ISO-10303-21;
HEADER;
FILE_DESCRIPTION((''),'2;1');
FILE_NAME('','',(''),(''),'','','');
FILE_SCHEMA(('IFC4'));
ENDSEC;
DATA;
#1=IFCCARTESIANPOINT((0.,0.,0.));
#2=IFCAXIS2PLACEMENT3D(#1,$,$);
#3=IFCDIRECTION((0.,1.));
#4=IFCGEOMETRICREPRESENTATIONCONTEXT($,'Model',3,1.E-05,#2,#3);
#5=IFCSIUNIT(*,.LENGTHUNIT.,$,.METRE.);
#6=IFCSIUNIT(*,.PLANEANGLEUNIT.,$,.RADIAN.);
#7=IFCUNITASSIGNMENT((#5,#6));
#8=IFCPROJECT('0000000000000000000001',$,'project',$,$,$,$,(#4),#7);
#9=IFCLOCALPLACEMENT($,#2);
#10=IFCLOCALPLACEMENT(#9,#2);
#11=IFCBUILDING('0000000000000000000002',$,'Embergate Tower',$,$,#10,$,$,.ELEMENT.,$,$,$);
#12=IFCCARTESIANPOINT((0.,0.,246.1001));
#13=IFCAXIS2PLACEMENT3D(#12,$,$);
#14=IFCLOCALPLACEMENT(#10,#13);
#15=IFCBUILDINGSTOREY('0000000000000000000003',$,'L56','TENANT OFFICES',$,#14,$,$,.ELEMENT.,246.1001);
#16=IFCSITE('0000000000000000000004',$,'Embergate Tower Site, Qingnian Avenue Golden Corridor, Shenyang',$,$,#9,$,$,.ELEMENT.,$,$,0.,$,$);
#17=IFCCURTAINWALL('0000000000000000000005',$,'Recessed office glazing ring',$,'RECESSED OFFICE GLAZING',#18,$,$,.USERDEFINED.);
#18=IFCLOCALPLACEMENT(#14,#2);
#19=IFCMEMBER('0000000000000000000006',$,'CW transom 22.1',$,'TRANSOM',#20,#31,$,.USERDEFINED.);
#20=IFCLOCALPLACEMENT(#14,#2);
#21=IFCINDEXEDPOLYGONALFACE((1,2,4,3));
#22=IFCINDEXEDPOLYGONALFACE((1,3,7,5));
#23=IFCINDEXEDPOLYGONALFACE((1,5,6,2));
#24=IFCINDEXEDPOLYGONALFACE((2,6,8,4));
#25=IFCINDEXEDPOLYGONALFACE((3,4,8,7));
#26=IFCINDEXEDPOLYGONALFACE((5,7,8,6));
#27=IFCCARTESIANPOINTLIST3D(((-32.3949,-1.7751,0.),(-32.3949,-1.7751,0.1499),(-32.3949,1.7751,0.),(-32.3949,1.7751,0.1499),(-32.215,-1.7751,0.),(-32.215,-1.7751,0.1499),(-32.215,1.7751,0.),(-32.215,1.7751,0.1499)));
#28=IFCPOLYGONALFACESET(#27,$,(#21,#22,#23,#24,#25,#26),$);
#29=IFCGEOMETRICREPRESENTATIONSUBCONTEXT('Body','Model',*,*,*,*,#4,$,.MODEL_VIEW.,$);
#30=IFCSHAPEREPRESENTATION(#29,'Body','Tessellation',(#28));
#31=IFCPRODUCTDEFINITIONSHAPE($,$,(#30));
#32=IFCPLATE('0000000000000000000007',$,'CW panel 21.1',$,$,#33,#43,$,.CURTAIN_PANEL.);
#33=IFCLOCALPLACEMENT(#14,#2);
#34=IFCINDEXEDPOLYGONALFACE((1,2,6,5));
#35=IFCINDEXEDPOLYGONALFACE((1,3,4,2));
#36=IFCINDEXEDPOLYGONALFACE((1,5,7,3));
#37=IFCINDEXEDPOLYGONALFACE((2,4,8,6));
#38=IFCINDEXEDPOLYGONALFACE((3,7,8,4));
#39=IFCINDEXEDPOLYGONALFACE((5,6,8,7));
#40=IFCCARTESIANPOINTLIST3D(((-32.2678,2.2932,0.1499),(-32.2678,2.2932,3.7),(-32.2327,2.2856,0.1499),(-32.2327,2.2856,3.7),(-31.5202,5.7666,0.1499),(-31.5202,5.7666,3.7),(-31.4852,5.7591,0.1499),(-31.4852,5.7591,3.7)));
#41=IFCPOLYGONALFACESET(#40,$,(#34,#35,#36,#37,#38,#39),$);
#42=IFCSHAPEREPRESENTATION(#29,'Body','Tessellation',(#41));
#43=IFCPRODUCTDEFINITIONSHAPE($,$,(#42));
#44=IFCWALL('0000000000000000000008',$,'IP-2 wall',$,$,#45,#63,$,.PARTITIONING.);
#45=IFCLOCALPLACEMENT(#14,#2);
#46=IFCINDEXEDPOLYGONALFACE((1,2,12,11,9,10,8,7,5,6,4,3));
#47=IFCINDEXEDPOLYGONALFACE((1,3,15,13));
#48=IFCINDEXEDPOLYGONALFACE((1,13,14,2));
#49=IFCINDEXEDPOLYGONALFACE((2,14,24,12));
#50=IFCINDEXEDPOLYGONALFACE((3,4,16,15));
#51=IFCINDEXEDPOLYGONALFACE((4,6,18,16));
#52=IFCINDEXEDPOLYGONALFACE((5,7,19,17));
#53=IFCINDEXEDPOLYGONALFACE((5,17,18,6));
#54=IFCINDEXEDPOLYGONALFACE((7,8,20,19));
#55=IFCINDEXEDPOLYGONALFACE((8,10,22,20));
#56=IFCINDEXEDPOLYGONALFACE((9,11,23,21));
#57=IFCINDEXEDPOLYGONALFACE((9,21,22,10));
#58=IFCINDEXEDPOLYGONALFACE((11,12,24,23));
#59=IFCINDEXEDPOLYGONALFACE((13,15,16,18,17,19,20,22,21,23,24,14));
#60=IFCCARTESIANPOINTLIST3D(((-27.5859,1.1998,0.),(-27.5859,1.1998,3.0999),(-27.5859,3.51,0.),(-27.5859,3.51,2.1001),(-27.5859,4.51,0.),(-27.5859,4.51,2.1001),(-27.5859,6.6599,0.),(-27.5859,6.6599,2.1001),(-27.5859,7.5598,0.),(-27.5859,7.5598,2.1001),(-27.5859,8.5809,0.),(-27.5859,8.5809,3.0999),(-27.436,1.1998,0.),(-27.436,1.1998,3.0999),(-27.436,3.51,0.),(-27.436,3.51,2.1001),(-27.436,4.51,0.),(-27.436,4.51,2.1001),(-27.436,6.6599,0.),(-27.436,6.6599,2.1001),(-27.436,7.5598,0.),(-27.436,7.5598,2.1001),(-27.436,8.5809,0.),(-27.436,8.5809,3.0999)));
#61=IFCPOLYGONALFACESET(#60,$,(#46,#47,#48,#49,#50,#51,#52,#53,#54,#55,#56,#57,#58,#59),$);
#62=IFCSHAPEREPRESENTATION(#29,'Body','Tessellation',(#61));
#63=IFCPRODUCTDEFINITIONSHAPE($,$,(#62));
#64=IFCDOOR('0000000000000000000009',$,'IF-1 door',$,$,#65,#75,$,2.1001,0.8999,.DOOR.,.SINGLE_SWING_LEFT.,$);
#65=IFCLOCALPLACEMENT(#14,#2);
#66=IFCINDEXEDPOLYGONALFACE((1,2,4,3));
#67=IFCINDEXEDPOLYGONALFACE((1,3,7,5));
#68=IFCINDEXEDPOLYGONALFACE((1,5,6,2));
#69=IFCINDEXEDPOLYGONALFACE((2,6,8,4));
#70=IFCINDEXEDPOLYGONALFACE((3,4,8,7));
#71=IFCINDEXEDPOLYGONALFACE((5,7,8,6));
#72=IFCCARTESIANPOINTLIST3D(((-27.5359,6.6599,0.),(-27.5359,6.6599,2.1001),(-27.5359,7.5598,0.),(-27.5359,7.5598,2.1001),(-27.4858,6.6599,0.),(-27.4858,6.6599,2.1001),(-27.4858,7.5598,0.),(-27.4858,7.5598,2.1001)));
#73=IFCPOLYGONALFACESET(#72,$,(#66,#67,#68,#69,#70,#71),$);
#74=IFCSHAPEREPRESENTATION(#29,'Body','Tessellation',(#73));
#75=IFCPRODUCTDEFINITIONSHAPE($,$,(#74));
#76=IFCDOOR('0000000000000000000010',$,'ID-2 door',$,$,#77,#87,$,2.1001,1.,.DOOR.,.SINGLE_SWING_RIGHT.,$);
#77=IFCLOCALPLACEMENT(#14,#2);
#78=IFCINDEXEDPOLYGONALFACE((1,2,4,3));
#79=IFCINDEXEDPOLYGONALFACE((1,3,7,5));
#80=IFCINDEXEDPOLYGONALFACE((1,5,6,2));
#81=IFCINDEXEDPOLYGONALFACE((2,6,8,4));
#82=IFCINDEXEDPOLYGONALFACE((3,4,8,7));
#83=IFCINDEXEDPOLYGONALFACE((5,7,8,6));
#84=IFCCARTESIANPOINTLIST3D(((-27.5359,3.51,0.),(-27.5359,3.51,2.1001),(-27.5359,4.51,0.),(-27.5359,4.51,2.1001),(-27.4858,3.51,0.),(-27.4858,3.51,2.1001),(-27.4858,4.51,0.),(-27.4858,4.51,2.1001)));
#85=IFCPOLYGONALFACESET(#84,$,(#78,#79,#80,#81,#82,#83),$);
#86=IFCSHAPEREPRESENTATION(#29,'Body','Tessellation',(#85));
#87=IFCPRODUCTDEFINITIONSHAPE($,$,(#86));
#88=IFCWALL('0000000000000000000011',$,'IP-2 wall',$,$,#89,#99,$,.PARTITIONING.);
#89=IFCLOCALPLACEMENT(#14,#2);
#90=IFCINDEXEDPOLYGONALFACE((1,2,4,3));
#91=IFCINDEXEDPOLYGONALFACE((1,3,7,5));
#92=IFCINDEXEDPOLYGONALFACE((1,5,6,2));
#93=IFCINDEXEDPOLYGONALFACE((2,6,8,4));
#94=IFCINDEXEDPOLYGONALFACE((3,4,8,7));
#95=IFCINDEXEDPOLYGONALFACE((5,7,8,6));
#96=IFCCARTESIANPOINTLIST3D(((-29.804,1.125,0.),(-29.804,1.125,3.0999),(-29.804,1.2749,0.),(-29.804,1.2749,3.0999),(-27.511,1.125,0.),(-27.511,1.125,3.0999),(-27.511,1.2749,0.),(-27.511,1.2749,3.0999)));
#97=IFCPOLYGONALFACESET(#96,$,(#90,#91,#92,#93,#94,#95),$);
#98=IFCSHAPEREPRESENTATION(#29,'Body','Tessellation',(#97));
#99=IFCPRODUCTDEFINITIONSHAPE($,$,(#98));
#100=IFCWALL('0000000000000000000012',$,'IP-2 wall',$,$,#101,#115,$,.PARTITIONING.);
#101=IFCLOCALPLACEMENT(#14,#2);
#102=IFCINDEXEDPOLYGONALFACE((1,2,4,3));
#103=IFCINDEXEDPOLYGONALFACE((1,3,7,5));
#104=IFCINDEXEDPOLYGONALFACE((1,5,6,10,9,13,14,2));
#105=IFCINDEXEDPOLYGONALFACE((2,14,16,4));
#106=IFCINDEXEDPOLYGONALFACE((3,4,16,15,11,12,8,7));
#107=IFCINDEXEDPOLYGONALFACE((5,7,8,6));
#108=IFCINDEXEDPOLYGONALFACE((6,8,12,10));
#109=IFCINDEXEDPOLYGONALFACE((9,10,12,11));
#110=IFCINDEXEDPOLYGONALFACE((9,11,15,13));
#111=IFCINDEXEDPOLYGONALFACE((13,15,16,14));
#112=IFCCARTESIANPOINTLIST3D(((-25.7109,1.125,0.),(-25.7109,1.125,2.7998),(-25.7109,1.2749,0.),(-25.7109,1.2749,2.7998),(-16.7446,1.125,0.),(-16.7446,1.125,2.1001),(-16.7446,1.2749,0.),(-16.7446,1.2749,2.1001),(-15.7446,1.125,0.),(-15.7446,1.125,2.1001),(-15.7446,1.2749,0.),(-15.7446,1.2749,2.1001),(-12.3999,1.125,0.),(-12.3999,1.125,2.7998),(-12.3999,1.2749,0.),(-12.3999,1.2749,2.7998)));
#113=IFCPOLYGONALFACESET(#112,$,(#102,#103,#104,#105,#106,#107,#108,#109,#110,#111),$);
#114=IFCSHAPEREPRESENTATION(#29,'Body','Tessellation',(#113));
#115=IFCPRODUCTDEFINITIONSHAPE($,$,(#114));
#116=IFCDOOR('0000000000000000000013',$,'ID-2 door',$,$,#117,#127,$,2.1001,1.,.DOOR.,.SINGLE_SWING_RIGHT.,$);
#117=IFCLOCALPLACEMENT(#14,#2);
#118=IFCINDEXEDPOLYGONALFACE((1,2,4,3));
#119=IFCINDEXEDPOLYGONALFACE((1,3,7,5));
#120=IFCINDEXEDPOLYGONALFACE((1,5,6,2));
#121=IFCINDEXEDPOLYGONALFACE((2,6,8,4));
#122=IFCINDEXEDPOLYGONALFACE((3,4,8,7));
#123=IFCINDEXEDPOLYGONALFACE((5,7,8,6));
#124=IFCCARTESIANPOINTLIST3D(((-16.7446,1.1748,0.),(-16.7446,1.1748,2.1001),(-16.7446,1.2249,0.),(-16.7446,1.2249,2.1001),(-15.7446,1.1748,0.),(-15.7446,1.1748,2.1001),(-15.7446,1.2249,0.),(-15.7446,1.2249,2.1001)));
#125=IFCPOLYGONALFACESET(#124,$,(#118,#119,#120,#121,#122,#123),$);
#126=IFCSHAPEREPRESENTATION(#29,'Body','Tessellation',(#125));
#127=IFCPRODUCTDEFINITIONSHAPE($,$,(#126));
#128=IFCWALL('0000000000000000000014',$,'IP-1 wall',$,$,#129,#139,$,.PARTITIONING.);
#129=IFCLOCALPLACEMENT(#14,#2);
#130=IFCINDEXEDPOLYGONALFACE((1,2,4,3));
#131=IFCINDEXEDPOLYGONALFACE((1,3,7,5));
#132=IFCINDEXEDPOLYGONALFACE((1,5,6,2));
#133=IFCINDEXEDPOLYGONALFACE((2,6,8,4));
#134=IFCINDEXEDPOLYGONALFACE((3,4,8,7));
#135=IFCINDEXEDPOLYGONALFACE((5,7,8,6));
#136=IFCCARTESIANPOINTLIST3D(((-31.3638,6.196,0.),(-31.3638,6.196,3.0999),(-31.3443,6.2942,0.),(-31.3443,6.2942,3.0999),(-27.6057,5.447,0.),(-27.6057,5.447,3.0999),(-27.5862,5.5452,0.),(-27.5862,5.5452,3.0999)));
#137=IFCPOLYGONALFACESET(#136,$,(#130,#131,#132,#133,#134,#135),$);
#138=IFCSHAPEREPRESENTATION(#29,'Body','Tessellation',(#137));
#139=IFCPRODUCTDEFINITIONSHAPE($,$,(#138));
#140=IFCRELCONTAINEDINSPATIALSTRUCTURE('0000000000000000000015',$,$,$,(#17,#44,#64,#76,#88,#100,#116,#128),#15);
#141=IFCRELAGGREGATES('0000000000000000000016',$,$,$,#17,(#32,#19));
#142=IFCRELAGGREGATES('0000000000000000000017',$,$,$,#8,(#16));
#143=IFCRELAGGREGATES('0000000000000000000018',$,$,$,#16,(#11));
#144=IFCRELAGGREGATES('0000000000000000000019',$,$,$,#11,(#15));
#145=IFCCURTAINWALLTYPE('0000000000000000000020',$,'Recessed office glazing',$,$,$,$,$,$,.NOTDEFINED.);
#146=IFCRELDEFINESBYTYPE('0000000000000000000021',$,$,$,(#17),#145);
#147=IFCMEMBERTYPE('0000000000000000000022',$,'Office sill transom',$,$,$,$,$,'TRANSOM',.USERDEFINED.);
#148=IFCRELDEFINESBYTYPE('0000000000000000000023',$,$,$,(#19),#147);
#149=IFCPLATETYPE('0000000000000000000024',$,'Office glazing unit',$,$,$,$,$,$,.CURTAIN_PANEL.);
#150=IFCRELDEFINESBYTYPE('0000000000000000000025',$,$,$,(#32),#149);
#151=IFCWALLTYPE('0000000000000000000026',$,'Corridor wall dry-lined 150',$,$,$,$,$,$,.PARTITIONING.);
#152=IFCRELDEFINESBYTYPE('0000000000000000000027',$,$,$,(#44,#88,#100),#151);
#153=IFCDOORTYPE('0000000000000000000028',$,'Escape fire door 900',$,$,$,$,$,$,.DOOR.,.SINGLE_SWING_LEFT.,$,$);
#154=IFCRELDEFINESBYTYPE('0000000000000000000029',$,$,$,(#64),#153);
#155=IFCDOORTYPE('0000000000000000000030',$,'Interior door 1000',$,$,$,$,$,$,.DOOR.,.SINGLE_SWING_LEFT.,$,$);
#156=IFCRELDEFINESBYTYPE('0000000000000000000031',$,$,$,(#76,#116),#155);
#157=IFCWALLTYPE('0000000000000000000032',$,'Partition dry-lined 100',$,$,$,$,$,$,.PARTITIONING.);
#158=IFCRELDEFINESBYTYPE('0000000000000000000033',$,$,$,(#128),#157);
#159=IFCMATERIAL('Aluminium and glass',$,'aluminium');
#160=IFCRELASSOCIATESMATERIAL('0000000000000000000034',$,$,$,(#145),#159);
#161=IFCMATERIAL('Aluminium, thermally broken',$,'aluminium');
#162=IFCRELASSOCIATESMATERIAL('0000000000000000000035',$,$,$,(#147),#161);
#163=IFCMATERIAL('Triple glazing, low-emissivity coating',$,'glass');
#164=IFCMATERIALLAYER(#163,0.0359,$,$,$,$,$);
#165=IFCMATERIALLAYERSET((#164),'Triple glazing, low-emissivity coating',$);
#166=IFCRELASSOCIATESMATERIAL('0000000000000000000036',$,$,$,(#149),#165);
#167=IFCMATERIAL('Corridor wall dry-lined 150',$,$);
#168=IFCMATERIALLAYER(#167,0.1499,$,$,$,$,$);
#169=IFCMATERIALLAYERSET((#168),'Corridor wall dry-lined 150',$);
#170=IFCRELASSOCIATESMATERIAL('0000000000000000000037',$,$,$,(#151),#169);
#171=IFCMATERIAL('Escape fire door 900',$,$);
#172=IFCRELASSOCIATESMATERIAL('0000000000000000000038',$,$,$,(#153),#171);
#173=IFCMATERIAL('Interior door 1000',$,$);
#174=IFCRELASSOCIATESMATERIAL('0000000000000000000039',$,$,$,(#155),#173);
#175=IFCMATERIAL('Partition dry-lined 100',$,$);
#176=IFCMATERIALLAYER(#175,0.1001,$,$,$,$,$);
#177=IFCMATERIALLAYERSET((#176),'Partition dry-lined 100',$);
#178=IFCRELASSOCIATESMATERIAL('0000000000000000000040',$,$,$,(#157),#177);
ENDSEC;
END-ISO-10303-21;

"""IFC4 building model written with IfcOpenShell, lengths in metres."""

from ifc_helpers import new_model, si_unit, direction, frame, frame_2d, origin, origin_2d, place, context, subcontext, project, spatial, rectangle, extrude, source, transform, mapped, material, layer, layer_set, material_profile, profile_set, type_object, element, fill, aggregate, save


model = new_model("IFC4")

# Units and contexts
model_context = context("Model", 3, precision=1e-05, world=origin(), true_north=direction((0.0, 1.0)))
body_context = subcontext(model_context, "Body", "Model", "MODEL_VIEW")
ifc_project = project(units=[si_unit("LENGTHUNIT", "METRE"), si_unit("PLANEANGLEUNIT", "RADIAN")], contexts=[model_context])

# Site, building, storey
site_placement = place(None, origin())
site = spatial("IfcSite", under=ifc_project, at=site_placement, Name="Embergate Tower Site, Qingnian Avenue Golden Corridor, Shenyang", CompositionType="ELEMENT", RefElevation=0.0)
building_placement = place(site_placement, origin())
building = spatial("IfcBuilding", under=site, at=building_placement, Name="Embergate Tower", CompositionType="ELEMENT")
storey_placement = place(building_placement, frame((0.0, 0.0, 246.1001)))
storey = spatial("IfcBuildingStorey", under=building, at=storey_placement, Name="L56", Description="TENANT OFFICES", CompositionType="ELEMENT", Elevation=246.1001)

# Curtain wall, member, plate
ifc_material_1 = material(Name="Aluminium and glass", Category="aluminium")
curtain_wall_type = type_object("IfcCurtainWallType", Name="Recessed office glazing", PredefinedType="NOTDEFINED", material=ifc_material_1)
curtain_wall_placement = place(storey_placement, origin())
curtain_wall = element("IfcCurtainWall", 1, at=curtain_wall_placement, inside=storey, type_object=curtain_wall_type, Name="Recessed office glazing ring", ObjectType="RECESSED OFFICE GLAZING", PredefinedType="USERDEFINED")
ifc_material_2 = material(Name="Aluminium, thermally broken", Category="aluminium")
ifc_material_profile_1 = material_profile(ifc_material_2, rectangle(XDim=0.1799, YDim=0.1499, at=origin_2d()), Name="AL 150x180")
ifc_profile_set_1 = profile_set([ifc_material_profile_1], Name="Aluminium, thermally broken")
member_type_1 = type_object("IfcMemberType", Name="Office sill transom", ElementType="TRANSOM", PredefinedType="USERDEFINED", material=ifc_profile_set_1)
shared_shape_1 = source(origin(), body_context, "Body", "SweptSolid", [
    extrude(rectangle(XDim=0.1799, YDim=0.1499, at=origin_2d()), origin(), (0.0, 0.0, 1.0), 3.5503),
])
member_1_placement = place(storey_placement, frame((-32.3049, 1.7751, 0.075), z_axis=(0.0, -1.0, 0.0), x_axis=(1.0, 0.0, 0.0)))
member_1 = element("IfcMember", 2, at=member_1_placement, type_object=member_type_1, Name="CW transom 22.1", ObjectType="TRANSOM", PredefinedType="USERDEFINED", context=body_context, shape_type="MappedRepresentation", body=[
    mapped(shared_shape_1, transform((0.0, 0.0, 0.0))),
])
ifc_material_3 = material(Name="Triple glazing, low-emissivity coating", Category="glass")
ifc_layer_1 = layer(ifc_material_3, 0.0359)
ifc_layer_set_1 = layer_set([ifc_layer_1], Name="Triple glazing, low-emissivity coating")
plate_type = type_object("IfcPlateType", Name="Office glazing unit", PredefinedType="CURTAIN_PANEL", material=ifc_layer_set_1)
shared_shape_2 = source(origin(), body_context, "Body", "SweptSolid", [
    extrude(rectangle(XDim=3.553, YDim=0.0359, at=origin_2d()), origin(), (0.0, 0.0, 1.0), 3.55),
])
plate_placement = place(storey_placement, frame((-31.8765, 4.0261, 0.1499), z_axis=(0.0, 0.0, 1.0), x_axis=(-0.210398, -0.977616, 0.0)))
plate = element("IfcPlate", 3, at=plate_placement, type_object=plate_type, Name="CW panel 21.1", PredefinedType="CURTAIN_PANEL", context=body_context, shape_type="MappedRepresentation", body=[
    mapped(shared_shape_2, transform((0.0, 0.0, 0.0))),
])
aggregate(curtain_wall, [plate, member_1])

# Wall, openings, doors
ifc_material_4 = material(Name="Corridor wall dry-lined 150")
ifc_layer_2 = layer(ifc_material_4, 0.1499)
ifc_layer_set_2 = layer_set([ifc_layer_2], Name="Corridor wall dry-lined 150")
wall_type_1 = type_object("IfcWallType", Name="Corridor wall dry-lined 150", PredefinedType="PARTITIONING", material=ifc_layer_set_2)
shared_shape_3 = source(origin(), body_context, "Body", "SweptSolid", [
    extrude(rectangle(XDim=7.3811, YDim=0.1499, at=frame_2d((3.6904, 0.0))), origin(), (0.0, 0.0, 1.0), 3.0999),
])
wall_1_placement = place(storey_placement, frame((-27.511, 1.2, 0.0), z_axis=(0.0, 0.0, 1.0), x_axis=(0.0, 1.0, 0.0)))
wall_1 = element("IfcWall", 4, at=wall_1_placement, inside=storey, type_object=wall_type_1, Name="IP-2 wall", PredefinedType="PARTITIONING", context=body_context, shape_type="MappedRepresentation", body=[
    mapped(shared_shape_3, transform((0.0, 0.0, 0.0))),
])
shared_shape_4 = source(origin(), body_context, "Body", "SweptSolid", [
    extrude(rectangle(XDim=0.8999, YDim=2.1001, at=frame_2d((0.45, 1.05))), frame((0.0, 0.085, 0.0), z_axis=(0.0, -1.0, 0.0), x_axis=(1.0, 0.0, 0.0)), (0.0, 0.0, 1.0), 0.1699),
])
opening_1_placement = place(wall_1_placement, frame((5.46, 0.0, 0.0)))
opening_1 = element("IfcOpeningElement", 5, at=opening_1_placement, cuts=wall_1, PredefinedType="OPENING", context=body_context, shape_type="MappedRepresentation", body=[
    mapped(shared_shape_4, transform((0.0, 0.0, 0.0))),
])
shared_shape_5 = source(origin(), body_context, "Body", "SweptSolid", [
    extrude(rectangle(XDim=1.0, YDim=2.1001, at=frame_2d((0.5, 1.05))), frame((0.0, 0.085, 0.0), z_axis=(0.0, -1.0, 0.0), x_axis=(1.0, 0.0, 0.0)), (0.0, 0.0, 1.0), 0.1699),
])
opening_2_placement = place(wall_1_placement, frame((2.3101, 0.0, 0.0)))
opening_2 = element("IfcOpeningElement", 6, at=opening_2_placement, cuts=wall_1, PredefinedType="OPENING", context=body_context, shape_type="MappedRepresentation", body=[
    mapped(shared_shape_5, transform((0.0, 0.0, 0.0))),
])
ifc_material_5 = material(Name="Escape fire door 900")
door_type_1 = type_object("IfcDoorType", Name="Escape fire door 900", OperationType="SINGLE_SWING_LEFT", PredefinedType="DOOR", material=ifc_material_5)
shared_shape_6 = source(origin(), body_context, "Body", "SweptSolid", [
    extrude(rectangle(XDim=0.8999, YDim=2.1001, at=frame_2d((0.45, 1.05))), frame((0.0, 0.0249, 0.0), z_axis=(0.0, -1.0, 0.0), x_axis=(1.0, 0.0, 0.0)), (0.0, 0.0, 1.0), 0.05),
])
door_1_placement = place(opening_1_placement, origin())
door_1 = element("IfcDoor", 7, at=door_1_placement, inside=storey, type_object=door_type_1, Name="IF-1 door", OperationType="SINGLE_SWING_LEFT", OverallHeight=2.1001, OverallWidth=0.8999, PredefinedType="DOOR", context=body_context, shape_type="MappedRepresentation", body=[
    mapped(shared_shape_6, transform((0.0, 0.0, 0.0))),
])
fill(opening_1, door_1)
ifc_material_6 = material(Name="Interior door 1000")
door_type_2 = type_object("IfcDoorType", Name="Interior door 1000", OperationType="SINGLE_SWING_LEFT", PredefinedType="DOOR", material=ifc_material_6)
shared_shape_7 = source(origin(), body_context, "Body", "SweptSolid", [
    extrude(rectangle(XDim=1.0, YDim=2.1001, at=frame_2d((0.5, 1.05))), frame((0.0, 0.0249, 0.0), z_axis=(0.0, -1.0, 0.0), x_axis=(1.0, 0.0, 0.0)), (0.0, 0.0, 1.0), 0.05),
])
door_2_placement = place(opening_2_placement, origin())
door_2 = element("IfcDoor", 8, at=door_2_placement, inside=storey, type_object=door_type_2, Name="ID-2 door", OperationType="SINGLE_SWING_RIGHT", OverallHeight=2.1001, OverallWidth=1.0, PredefinedType="DOOR", context=body_context, shape_type="MappedRepresentation", body=[
    mapped(shared_shape_7, transform((0.0, 0.0, 0.0))),
])
fill(opening_2, door_2)

# Wall
shared_shape_8 = source(origin(), body_context, "Body", "SweptSolid", [
    extrude(rectangle(XDim=2.293, YDim=0.1499, at=frame_2d((1.1465, 0.0))), origin(), (0.0, 0.0, 1.0), 3.0999),
])
wall_2_placement = place(storey_placement, frame((-29.804, 1.2, 0.0), z_axis=(0.0, 0.0, 1.0), x_axis=(1.0, 0.0, 0.0)))
element("IfcWall", 9, at=wall_2_placement, inside=storey, type_object=wall_type_1, Name="IP-2 wall", PredefinedType="PARTITIONING", context=body_context, shape_type="MappedRepresentation", body=[
    mapped(shared_shape_8, transform((0.0, 0.0, 0.0))),
])

# Wall, opening, door
shared_shape_9 = source(origin(), body_context, "Body", "SweptSolid", [
    extrude(rectangle(XDim=13.311, YDim=0.1499, at=frame_2d((6.6555, 0.0))), origin(), (0.0, 0.0, 1.0), 2.7998),
])
wall_3_placement = place(storey_placement, frame((-25.7109, 1.2, 0.0), z_axis=(0.0, 0.0, 1.0), x_axis=(1.0, 0.0, 0.0)))
wall_3 = element("IfcWall", 10, at=wall_3_placement, inside=storey, type_object=wall_type_1, Name="IP-2 wall", PredefinedType="PARTITIONING", context=body_context, shape_type="MappedRepresentation", body=[
    mapped(shared_shape_9, transform((0.0, 0.0, 0.0))),
])
opening_3_placement = place(wall_3_placement, frame((8.9663, 0.0, 0.0)))
opening_3 = element("IfcOpeningElement", 11, at=opening_3_placement, cuts=wall_3, PredefinedType="OPENING", context=body_context, shape_type="MappedRepresentation", body=[
    mapped(shared_shape_5, transform((0.0, 0.0, 0.0))),
])
door_3_placement = place(opening_3_placement, origin())
door_3 = element("IfcDoor", 12, at=door_3_placement, inside=storey, type_object=door_type_2, Name="ID-2 door", OperationType="SINGLE_SWING_RIGHT", OverallHeight=2.1001, OverallWidth=1.0, PredefinedType="DOOR", context=body_context, shape_type="MappedRepresentation", body=[
    mapped(shared_shape_7, transform((0.0, 0.0, 0.0))),
])
fill(opening_3, door_3)

# Wall
ifc_material_7 = material(Name="Partition dry-lined 100")
ifc_layer_3 = layer(ifc_material_7, 0.1001)
ifc_layer_set_3 = layer_set([ifc_layer_3], Name="Partition dry-lined 100")
wall_type_2 = type_object("IfcWallType", Name="Partition dry-lined 100", PredefinedType="PARTITIONING", material=ifc_layer_set_3)
shared_shape_10 = source(origin(), body_context, "Body", "SweptSolid", [
    extrude(rectangle(XDim=3.832, YDim=0.1001, at=frame_2d((1.916, 0.0))), origin(), (0.0, 0.0, 1.0), 3.0999),
])
wall_4_placement = place(storey_placement, frame((-27.5959, 5.4961, 0.0), z_axis=(0.0, 0.0, 1.0), x_axis=(-0.98071, 0.195467, 0.0)))
element("IfcWall", 13, at=wall_4_placement, inside=storey, type_object=wall_type_2, Name="IP-1 wall", PredefinedType="PARTITIONING", context=body_context, shape_type="MappedRepresentation", body=[
    mapped(shared_shape_10, transform((0.0, 0.0, 0.0))),
])

save(model, "model.ifc")
